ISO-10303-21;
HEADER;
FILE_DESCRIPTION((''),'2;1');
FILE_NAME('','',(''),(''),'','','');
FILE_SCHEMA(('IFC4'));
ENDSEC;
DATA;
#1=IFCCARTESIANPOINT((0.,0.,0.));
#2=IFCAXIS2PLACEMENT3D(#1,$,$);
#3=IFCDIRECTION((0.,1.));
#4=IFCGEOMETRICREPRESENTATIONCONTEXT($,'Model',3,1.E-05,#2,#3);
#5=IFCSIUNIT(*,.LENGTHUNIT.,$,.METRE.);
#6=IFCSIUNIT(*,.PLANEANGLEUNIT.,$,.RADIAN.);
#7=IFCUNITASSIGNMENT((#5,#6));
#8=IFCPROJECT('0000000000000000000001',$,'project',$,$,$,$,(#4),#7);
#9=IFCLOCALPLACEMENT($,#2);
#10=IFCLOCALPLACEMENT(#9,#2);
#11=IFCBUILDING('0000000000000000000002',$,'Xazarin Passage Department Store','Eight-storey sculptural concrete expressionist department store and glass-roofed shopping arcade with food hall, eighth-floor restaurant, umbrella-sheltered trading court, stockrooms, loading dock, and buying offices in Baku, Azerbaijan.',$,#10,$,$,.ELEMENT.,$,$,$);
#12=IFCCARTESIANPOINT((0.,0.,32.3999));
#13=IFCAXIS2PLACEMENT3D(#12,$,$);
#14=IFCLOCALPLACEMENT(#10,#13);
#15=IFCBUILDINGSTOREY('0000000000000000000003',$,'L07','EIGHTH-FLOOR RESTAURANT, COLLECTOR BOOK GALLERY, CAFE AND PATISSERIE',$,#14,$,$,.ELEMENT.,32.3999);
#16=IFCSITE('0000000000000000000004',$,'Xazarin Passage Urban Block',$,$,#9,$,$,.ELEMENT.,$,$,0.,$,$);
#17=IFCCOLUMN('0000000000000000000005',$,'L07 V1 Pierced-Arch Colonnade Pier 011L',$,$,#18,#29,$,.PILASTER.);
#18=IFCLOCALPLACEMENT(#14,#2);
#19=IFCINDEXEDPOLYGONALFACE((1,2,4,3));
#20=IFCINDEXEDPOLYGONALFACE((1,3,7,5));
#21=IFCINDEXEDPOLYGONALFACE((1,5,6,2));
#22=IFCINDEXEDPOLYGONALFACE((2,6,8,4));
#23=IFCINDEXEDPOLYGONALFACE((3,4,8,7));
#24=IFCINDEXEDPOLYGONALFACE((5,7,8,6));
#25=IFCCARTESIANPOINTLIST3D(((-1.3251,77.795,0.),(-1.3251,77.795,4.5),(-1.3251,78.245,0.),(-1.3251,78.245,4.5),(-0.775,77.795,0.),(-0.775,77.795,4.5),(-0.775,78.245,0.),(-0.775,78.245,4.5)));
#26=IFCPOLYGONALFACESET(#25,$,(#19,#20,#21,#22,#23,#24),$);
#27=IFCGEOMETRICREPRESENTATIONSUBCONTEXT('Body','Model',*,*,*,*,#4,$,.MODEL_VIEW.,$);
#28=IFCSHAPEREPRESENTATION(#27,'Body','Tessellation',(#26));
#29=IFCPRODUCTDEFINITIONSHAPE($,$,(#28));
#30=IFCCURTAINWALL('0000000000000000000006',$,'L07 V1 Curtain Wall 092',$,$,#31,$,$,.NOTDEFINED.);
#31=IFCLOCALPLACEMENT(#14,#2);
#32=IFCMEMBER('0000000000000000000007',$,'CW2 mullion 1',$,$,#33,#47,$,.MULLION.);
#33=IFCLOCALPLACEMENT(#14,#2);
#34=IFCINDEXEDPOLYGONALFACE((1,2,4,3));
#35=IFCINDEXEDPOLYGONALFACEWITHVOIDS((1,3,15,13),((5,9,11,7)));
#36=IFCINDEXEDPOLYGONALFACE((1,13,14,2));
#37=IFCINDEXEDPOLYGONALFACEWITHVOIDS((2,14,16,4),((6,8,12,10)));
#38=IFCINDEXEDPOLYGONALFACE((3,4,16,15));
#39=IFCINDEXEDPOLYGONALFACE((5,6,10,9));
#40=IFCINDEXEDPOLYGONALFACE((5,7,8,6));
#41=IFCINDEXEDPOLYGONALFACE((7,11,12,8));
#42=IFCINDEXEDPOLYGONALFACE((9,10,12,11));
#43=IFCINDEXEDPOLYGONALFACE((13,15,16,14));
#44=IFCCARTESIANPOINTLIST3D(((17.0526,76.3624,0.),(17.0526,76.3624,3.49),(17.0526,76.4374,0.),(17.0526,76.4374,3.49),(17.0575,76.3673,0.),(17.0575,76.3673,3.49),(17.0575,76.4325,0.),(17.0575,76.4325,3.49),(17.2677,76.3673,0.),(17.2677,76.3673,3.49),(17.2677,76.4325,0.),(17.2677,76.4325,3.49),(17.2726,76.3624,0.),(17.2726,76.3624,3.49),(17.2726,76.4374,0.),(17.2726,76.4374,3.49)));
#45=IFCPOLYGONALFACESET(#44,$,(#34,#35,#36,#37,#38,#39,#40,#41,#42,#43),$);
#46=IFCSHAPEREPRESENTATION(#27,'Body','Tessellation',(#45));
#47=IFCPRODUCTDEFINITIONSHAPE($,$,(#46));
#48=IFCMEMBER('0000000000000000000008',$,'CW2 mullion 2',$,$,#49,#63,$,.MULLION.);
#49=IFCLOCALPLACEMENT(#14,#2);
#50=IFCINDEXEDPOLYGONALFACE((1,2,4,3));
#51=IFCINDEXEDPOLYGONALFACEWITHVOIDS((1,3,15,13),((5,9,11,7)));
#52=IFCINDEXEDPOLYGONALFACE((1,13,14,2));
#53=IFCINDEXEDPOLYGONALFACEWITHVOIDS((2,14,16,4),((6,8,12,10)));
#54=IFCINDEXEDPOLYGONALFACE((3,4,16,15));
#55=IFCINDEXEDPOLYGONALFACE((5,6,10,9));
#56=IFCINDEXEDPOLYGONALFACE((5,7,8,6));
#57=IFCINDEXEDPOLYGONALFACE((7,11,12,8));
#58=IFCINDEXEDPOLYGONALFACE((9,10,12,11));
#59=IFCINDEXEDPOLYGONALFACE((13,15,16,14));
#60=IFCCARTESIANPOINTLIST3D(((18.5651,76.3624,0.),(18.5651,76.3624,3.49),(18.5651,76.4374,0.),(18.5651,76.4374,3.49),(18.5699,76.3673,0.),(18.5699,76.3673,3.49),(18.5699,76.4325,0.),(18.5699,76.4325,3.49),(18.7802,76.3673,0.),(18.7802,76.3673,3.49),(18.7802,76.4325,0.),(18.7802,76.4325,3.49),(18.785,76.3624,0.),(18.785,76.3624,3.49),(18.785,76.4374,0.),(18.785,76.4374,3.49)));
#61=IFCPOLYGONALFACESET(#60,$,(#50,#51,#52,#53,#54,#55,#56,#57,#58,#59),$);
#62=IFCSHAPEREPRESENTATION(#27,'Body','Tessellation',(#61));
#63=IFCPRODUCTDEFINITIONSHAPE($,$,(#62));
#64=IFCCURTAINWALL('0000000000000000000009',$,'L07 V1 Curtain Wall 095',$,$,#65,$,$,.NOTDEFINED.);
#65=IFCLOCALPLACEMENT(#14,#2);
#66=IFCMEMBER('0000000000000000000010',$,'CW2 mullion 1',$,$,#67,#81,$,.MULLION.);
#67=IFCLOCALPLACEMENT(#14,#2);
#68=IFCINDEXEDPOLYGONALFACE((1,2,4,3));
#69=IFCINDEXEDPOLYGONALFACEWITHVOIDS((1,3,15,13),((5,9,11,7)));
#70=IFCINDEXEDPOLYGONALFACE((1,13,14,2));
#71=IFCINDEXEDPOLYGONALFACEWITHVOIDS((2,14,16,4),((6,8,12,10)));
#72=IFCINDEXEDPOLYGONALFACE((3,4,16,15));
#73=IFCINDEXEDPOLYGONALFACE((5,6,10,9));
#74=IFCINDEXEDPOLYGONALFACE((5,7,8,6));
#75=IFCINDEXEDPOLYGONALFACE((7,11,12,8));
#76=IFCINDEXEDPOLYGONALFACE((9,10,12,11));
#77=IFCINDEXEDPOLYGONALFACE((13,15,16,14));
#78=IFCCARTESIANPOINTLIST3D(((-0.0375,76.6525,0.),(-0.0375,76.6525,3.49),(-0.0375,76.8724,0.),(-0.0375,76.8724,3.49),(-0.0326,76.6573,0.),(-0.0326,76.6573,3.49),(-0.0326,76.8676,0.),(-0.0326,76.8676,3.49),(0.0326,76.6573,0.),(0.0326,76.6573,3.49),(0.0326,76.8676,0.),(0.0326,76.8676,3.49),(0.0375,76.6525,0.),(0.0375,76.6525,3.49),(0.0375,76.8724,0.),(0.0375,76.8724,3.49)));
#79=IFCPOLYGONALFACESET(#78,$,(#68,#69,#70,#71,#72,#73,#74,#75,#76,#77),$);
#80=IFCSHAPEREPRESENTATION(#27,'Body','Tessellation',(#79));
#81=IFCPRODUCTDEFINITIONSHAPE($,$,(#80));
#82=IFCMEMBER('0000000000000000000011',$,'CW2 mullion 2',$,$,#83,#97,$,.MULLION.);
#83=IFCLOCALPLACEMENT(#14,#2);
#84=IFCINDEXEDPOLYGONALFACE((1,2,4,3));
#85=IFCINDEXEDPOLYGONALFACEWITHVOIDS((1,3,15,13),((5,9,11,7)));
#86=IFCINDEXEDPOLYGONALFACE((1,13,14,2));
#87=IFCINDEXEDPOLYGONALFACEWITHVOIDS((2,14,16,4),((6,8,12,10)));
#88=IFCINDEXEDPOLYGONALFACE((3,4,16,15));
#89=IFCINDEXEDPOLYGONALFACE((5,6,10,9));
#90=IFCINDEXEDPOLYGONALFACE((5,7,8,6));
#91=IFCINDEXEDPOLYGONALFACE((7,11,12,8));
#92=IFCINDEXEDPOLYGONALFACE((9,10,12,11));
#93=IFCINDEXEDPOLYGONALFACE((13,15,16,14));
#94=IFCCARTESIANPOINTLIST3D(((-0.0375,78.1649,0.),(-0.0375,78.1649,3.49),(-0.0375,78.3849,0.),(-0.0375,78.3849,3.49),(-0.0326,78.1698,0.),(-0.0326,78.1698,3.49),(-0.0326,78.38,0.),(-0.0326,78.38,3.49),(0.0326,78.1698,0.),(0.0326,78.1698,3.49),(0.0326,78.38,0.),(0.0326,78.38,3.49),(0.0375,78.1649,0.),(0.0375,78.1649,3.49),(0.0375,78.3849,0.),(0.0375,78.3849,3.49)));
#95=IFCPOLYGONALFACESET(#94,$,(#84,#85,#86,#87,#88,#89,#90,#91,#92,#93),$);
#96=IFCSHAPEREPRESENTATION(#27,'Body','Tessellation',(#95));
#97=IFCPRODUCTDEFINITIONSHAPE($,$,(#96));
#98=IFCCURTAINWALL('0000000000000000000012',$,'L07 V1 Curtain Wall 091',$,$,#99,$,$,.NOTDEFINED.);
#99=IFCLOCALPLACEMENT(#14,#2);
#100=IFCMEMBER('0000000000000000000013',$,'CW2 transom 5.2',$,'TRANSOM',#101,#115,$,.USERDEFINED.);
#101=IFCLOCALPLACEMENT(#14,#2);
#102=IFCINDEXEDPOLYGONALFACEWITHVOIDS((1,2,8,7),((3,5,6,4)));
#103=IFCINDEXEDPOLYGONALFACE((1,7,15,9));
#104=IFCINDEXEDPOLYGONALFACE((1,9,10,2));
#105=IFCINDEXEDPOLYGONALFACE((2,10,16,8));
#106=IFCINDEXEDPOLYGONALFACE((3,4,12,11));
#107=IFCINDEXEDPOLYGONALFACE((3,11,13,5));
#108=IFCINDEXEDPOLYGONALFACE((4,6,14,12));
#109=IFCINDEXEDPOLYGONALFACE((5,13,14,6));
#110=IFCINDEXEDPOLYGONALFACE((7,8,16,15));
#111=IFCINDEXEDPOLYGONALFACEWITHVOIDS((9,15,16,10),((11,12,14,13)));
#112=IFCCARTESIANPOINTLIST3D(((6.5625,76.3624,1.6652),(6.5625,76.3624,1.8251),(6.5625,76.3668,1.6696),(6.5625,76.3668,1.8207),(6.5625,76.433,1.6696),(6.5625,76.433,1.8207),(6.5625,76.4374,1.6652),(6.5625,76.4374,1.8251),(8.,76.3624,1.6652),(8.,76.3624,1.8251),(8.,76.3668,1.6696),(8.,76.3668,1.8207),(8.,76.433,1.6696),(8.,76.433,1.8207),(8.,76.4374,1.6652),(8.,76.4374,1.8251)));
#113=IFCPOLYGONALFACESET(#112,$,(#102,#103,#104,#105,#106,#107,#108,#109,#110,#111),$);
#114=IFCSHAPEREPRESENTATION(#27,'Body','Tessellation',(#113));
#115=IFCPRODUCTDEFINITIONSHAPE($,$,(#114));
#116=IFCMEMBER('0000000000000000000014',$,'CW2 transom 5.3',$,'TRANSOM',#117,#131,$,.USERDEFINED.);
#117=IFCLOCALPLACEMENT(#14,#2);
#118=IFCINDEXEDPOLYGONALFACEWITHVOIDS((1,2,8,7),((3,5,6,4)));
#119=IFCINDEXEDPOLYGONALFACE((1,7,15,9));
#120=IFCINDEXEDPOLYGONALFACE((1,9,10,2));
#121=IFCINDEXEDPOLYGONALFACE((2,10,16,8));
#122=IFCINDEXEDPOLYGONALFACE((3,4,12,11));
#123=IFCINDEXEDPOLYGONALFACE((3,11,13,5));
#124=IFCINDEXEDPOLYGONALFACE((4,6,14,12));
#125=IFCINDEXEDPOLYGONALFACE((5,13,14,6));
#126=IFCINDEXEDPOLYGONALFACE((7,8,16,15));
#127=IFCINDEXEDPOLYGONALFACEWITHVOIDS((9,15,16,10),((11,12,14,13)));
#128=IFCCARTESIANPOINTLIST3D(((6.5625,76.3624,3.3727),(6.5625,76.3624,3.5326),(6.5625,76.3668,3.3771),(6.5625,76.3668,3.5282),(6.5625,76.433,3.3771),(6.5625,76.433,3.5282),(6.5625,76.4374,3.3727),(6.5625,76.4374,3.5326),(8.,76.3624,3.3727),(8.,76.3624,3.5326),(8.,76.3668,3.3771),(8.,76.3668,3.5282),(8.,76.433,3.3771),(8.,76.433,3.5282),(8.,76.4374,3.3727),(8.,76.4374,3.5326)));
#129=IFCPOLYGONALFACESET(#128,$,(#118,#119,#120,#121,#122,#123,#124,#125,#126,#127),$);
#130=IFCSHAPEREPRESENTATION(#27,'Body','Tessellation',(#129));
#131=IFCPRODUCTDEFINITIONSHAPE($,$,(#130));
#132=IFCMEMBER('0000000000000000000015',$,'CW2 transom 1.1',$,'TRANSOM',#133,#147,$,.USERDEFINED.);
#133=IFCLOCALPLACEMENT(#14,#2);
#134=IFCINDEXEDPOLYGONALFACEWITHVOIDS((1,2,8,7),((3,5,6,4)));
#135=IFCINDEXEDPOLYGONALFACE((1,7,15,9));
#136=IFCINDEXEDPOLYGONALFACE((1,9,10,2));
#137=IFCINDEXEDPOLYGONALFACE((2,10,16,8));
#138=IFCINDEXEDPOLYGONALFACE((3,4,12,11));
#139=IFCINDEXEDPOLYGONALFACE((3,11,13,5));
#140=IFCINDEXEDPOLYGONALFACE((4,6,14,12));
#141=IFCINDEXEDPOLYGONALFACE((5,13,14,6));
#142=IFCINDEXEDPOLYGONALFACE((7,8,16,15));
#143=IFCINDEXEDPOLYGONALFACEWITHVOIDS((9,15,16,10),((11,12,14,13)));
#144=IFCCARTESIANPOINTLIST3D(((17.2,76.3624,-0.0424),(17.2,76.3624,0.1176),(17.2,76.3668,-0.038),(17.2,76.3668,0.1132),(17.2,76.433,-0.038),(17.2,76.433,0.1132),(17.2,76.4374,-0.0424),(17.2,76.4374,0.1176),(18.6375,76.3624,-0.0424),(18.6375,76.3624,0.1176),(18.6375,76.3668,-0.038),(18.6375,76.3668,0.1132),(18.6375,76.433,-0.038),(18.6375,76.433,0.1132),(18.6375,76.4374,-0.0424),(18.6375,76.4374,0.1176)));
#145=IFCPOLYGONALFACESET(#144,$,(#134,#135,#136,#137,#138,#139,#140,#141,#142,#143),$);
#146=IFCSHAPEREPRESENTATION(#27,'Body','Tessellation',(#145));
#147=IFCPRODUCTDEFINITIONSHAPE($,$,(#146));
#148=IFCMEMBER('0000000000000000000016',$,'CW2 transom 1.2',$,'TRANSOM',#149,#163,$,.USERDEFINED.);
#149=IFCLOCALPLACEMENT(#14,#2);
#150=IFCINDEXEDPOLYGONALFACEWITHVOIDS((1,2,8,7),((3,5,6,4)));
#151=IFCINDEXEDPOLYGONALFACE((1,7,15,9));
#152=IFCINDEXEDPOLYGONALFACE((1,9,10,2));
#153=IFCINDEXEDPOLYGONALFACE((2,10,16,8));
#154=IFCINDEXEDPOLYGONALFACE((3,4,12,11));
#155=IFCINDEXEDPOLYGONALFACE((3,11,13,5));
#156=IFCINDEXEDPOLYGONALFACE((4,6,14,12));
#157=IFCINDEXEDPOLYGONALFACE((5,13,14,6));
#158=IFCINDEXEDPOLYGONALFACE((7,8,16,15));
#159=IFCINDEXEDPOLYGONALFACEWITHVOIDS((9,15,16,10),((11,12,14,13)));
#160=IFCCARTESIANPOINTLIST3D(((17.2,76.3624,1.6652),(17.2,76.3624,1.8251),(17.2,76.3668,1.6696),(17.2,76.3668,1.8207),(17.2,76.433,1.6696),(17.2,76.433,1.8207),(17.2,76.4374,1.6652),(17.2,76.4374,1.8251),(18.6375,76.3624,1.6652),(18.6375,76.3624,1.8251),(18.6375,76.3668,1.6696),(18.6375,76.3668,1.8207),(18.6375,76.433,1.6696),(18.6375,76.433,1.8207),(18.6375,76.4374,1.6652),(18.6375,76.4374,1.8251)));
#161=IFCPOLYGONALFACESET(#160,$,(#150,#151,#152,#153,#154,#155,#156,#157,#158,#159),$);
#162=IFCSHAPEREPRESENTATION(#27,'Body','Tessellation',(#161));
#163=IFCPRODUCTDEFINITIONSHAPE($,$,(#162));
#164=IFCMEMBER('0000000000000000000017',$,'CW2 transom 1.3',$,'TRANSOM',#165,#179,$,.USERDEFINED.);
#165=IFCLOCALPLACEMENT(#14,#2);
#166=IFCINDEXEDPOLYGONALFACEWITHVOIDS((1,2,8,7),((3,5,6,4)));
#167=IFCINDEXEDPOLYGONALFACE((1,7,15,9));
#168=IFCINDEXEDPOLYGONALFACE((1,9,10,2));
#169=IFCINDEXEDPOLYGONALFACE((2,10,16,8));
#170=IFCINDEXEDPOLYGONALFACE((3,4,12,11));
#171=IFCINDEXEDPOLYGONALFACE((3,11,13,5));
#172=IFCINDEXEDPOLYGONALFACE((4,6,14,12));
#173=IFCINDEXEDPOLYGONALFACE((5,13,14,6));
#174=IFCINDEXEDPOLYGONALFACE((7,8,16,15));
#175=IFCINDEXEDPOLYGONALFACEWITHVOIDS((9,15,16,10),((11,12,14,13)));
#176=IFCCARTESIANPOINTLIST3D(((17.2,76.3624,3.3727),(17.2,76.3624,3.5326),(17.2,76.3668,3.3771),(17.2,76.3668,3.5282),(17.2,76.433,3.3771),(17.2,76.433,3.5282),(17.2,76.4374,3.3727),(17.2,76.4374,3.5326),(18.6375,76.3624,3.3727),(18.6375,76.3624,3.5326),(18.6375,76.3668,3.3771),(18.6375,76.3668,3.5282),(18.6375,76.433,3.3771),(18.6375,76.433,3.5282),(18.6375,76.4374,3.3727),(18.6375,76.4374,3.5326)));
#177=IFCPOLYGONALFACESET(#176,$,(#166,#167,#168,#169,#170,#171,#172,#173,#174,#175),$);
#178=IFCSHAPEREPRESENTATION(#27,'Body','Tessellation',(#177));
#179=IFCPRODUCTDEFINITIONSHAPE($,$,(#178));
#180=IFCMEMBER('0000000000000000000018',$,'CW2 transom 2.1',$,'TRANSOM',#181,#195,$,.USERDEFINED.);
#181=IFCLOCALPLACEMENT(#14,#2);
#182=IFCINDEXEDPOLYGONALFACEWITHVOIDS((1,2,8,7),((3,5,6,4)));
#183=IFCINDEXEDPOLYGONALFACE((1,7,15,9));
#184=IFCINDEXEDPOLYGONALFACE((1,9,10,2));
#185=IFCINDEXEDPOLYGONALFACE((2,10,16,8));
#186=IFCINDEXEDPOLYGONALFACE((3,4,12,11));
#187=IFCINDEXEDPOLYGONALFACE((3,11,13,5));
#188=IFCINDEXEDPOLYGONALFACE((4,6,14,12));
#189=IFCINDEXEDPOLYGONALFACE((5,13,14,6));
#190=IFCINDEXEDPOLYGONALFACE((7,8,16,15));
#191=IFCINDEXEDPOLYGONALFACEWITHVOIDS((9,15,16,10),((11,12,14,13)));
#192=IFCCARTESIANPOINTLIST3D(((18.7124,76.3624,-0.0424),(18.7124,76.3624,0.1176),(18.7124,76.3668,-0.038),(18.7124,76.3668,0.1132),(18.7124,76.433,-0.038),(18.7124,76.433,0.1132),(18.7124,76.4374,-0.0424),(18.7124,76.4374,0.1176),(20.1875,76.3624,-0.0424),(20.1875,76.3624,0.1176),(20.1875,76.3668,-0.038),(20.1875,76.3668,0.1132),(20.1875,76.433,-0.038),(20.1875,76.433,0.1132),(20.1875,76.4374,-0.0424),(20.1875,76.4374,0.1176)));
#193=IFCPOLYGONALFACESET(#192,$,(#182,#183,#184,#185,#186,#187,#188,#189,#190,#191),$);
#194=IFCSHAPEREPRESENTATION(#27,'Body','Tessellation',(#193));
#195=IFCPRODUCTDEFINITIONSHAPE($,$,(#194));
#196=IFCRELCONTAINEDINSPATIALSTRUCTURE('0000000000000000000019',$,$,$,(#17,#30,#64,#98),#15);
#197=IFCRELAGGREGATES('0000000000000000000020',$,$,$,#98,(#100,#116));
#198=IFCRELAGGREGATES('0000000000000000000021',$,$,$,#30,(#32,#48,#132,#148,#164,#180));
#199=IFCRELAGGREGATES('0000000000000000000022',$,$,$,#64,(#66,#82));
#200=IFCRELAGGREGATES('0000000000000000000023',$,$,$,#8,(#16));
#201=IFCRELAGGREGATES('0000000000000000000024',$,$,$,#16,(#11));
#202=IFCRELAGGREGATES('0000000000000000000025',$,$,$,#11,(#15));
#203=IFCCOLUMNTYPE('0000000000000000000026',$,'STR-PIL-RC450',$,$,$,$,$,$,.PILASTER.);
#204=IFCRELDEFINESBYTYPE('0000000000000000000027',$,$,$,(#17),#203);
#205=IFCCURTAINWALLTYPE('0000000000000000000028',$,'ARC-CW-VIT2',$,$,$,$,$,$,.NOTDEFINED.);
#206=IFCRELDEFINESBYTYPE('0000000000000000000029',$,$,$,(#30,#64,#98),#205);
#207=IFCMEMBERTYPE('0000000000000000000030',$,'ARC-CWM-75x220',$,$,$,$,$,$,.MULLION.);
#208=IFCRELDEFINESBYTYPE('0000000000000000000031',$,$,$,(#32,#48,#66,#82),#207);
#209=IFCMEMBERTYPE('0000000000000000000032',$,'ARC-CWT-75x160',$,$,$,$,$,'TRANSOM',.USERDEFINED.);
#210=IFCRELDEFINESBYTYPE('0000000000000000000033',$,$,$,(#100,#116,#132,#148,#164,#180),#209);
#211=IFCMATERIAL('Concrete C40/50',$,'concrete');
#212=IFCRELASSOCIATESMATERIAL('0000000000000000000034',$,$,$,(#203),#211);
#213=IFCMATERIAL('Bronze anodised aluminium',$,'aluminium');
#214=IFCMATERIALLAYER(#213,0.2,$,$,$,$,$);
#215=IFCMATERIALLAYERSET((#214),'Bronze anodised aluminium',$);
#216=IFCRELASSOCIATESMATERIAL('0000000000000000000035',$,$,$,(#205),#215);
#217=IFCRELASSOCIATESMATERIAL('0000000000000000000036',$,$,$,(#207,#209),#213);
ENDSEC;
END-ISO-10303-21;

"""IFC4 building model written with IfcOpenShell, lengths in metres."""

from ifc_helpers import new_model, si_unit, direction, frame, origin, origin_2d, place, context, subcontext, project, spatial, rectangle, hollow_rectangle, extrude, material, layer, layer_set, material_profile, profile_set, type_object, element, aggregate, save


model = new_model("IFC4")

# Units and contexts
model_context = context("Model", 3, precision=1e-05, world=origin(), true_north=direction((0.0, 1.0)))
body_context = subcontext(model_context, "Body", "Model", "MODEL_VIEW")
ifc_project = project(units=[si_unit("LENGTHUNIT", "METRE"), si_unit("PLANEANGLEUNIT", "RADIAN")], contexts=[model_context])

# Site, building, storey
site_placement = place(None, origin())
site = spatial("IfcSite", under=ifc_project, at=site_placement, Name="Xazarin Passage Urban Block", CompositionType="ELEMENT", RefElevation=0.0)
building_placement = place(site_placement, origin())
building = spatial("IfcBuilding", under=site, at=building_placement, Name="Xazarin Passage Department Store", Description="Eight-storey sculptural concrete expressionist department store and glass-roofed shopping arcade with food hall, eighth-floor restaurant, umbrella-sheltered trading court, stockrooms, loading dock, and buying offices in Baku, Azerbaijan.", CompositionType="ELEMENT")
storey_placement = place(building_placement, frame((0.0, 0.0, 32.3999)))
storey = spatial("IfcBuildingStorey", under=building, at=storey_placement, Name="L07", Description="EIGHTH-FLOOR RESTAURANT, COLLECTOR BOOK GALLERY, CAFE AND PATISSERIE", CompositionType="ELEMENT", Elevation=32.3999)

# Column
ifc_material_1 = material(Name="Concrete C40/50", Category="concrete")
ifc_material_profile_1 = material_profile(ifc_material_1, rectangle(XDim=0.45, YDim=0.55, at=origin_2d()), Name="RC 450x550")
ifc_profile_set_1 = profile_set([ifc_material_profile_1], Name="Concrete C40/50")
column_type = type_object("IfcColumnType", Name="STR-PIL-RC450", PredefinedType="PILASTER", material=ifc_profile_set_1)
column_placement = place(storey_placement, frame((-1.05, 78.02, 0.0), z_axis=(0.0, 0.0, 1.0), x_axis=(0.0, 1.0, 0.0)))
element("IfcColumn", 1, at=column_placement, inside=storey, type_object=column_type, Name="L07 V1 Pierced-Arch Colonnade Pier 011L", PredefinedType="PILASTER", context=body_context, shape_type="SweptSolid", body=[
    extrude(rectangle(XDim=0.45, YDim=0.55, at=origin_2d()), origin(), (0.0, 0.0, 1.0), 4.5),
])

# Curtain walls, members
ifc_material_2 = material(Name="Bronze anodised aluminium", Category="aluminium")
ifc_layer_1 = layer(ifc_material_2, 0.2)
ifc_layer_set_1 = layer_set([ifc_layer_1], Name="Bronze anodised aluminium")
curtain_wall_type = type_object("IfcCurtainWallType", Name="ARC-CW-VIT2", PredefinedType="NOTDEFINED", material=ifc_layer_set_1)
curtain_wall_1_placement = place(storey_placement, origin())
curtain_wall_1 = element("IfcCurtainWall", 2, at=curtain_wall_1_placement, inside=storey, type_object=curtain_wall_type, Name="L07 V1 Curtain Wall 092", PredefinedType="NOTDEFINED")
ifc_material_profile_2 = material_profile(ifc_material_2, hollow_rectangle(XDim=0.075, YDim=0.22, WallThickness=0.0049, at=origin_2d()), Name="ALU 75x220")
ifc_profile_set_2 = profile_set([ifc_material_profile_2], Name="Bronze anodised aluminium")
member_type_1 = type_object("IfcMemberType", Name="ARC-CWM-75x220", PredefinedType="MULLION", material=ifc_profile_set_2)
member_1_placement = place(storey_placement, frame((17.1626, 76.3999, 0.0), z_axis=(0.0, 0.0, 1.0), x_axis=(0.0, 1.0, 0.0)))
member_1 = element("IfcMember", 3, at=member_1_placement, type_object=member_type_1, Name="CW2 mullion 1", PredefinedType="MULLION", context=body_context, shape_type="SweptSolid", body=[
    extrude(hollow_rectangle(XDim=0.075, YDim=0.22, WallThickness=0.0049, at=origin_2d()), origin(), (0.0, 0.0, 1.0), 3.49),
])
member_2_placement = place(storey_placement, frame((18.675, 76.3999, 0.0), z_axis=(0.0, 0.0, 1.0), x_axis=(0.0, 1.0, 0.0)))
member_2 = element("IfcMember", 4, at=member_2_placement, type_object=member_type_1, Name="CW2 mullion 2", PredefinedType="MULLION", context=body_context, shape_type="SweptSolid", body=[
    extrude(hollow_rectangle(XDim=0.075, YDim=0.22, WallThickness=0.0049, at=origin_2d()), origin(), (0.0, 0.0, 1.0), 3.49),
])
curtain_wall_2_placement = place(storey_placement, origin())
curtain_wall_2 = element("IfcCurtainWall", 5, at=curtain_wall_2_placement, inside=storey, type_object=curtain_wall_type, Name="L07 V1 Curtain Wall 095", PredefinedType="NOTDEFINED")
member_3_placement = place(storey_placement, frame((0.0, 76.7625, 0.0), z_axis=(0.0, 0.0, 1.0), x_axis=(-1.0, 0.0, 0.0)))
member_3 = element("IfcMember", 6, at=member_3_placement, type_object=member_type_1, Name="CW2 mullion 1", PredefinedType="MULLION", context=body_context, shape_type="SweptSolid", body=[
    extrude(hollow_rectangle(XDim=0.075, YDim=0.22, WallThickness=0.0049, at=origin_2d()), origin(), (0.0, 0.0, 1.0), 3.49),
])
member_4_placement = place(storey_placement, frame((0.0, 78.2749, 0.0), z_axis=(0.0, 0.0, 1.0), x_axis=(-1.0, 0.0, 0.0)))
member_4 = element("IfcMember", 7, at=member_4_placement, type_object=member_type_1, Name="CW2 mullion 2", PredefinedType="MULLION", context=body_context, shape_type="SweptSolid", body=[
    extrude(hollow_rectangle(XDim=0.075, YDim=0.22, WallThickness=0.0049, at=origin_2d()), origin(), (0.0, 0.0, 1.0), 3.49),
])
curtain_wall_3_placement = place(storey_placement, origin())
curtain_wall_3 = element("IfcCurtainWall", 8, at=curtain_wall_3_placement, inside=storey, type_object=curtain_wall_type, Name="L07 V1 Curtain Wall 091", PredefinedType="NOTDEFINED")
ifc_material_profile_3 = material_profile(ifc_material_2, hollow_rectangle(XDim=0.075, YDim=0.1599, WallThickness=0.0044, at=origin_2d()), Name="ALU 75x160")
ifc_profile_set_3 = profile_set([ifc_material_profile_3], Name="Bronze anodised aluminium")
member_type_2 = type_object("IfcMemberType", Name="ARC-CWT-75x160", ElementType="TRANSOM", PredefinedType="USERDEFINED", material=ifc_profile_set_3)
member_5_placement = place(storey_placement, frame((6.5625, 76.3999, 1.7451), z_axis=(1.0, 0.0, 0.0), x_axis=(0.0, 1.0, 0.0)))
member_5 = element("IfcMember", 9, at=member_5_placement, type_object=member_type_2, Name="CW2 transom 5.2", ObjectType="TRANSOM", PredefinedType="USERDEFINED", context=body_context, shape_type="SweptSolid", body=[
    extrude(hollow_rectangle(XDim=0.075, YDim=0.1599, WallThickness=0.0044, at=origin_2d()), origin(), (0.0, 0.0, 1.0), 1.4375),
])
member_6_placement = place(storey_placement, frame((6.5625, 76.3999, 3.4526), z_axis=(1.0, 0.0, 0.0), x_axis=(0.0, 1.0, 0.0)))
member_6 = element("IfcMember", 10, at=member_6_placement, type_object=member_type_2, Name="CW2 transom 5.3", ObjectType="TRANSOM", PredefinedType="USERDEFINED", context=body_context, shape_type="SweptSolid", body=[
    extrude(hollow_rectangle(XDim=0.075, YDim=0.1599, WallThickness=0.0044, at=origin_2d()), origin(), (0.0, 0.0, 1.0), 1.4375),
])

# Members
member_7_placement = place(storey_placement, frame((17.2, 76.3999, 0.0376), z_axis=(1.0, 0.0, 0.0), x_axis=(0.0, 1.0, 0.0)))
member_7 = element("IfcMember", 11, at=member_7_placement, type_object=member_type_2, Name="CW2 transom 1.1", ObjectType="TRANSOM", PredefinedType="USERDEFINED", context=body_context, shape_type="SweptSolid", body=[
    extrude(hollow_rectangle(XDim=0.075, YDim=0.1599, WallThickness=0.0044, at=origin_2d()), origin(), (0.0, 0.0, 1.0), 1.4375),
])
member_8_placement = place(storey_placement, frame((17.2, 76.3999, 1.7451), z_axis=(1.0, 0.0, 0.0), x_axis=(0.0, 1.0, 0.0)))
member_8 = element("IfcMember", 12, at=member_8_placement, type_object=member_type_2, Name="CW2 transom 1.2", ObjectType="TRANSOM", PredefinedType="USERDEFINED", context=body_context, shape_type="SweptSolid", body=[
    extrude(hollow_rectangle(XDim=0.075, YDim=0.1599, WallThickness=0.0044, at=origin_2d()), origin(), (0.0, 0.0, 1.0), 1.4375),
])
member_9_placement = place(storey_placement, frame((17.2, 76.3999, 3.4526), z_axis=(1.0, 0.0, 0.0), x_axis=(0.0, 1.0, 0.0)))
member_9 = element("IfcMember", 13, at=member_9_placement, type_object=member_type_2, Name="CW2 transom 1.3", ObjectType="TRANSOM", PredefinedType="USERDEFINED", context=body_context, shape_type="SweptSolid", body=[
    extrude(hollow_rectangle(XDim=0.075, YDim=0.1599, WallThickness=0.0044, at=origin_2d()), origin(), (0.0, 0.0, 1.0), 1.4375),
])
member_10_placement = place(storey_placement, frame((18.7124, 76.3999, 0.0376), z_axis=(1.0, 0.0, 0.0), x_axis=(0.0, 1.0, 0.0)))
member_10 = element("IfcMember", 14, at=member_10_placement, type_object=member_type_2, Name="CW2 transom 2.1", ObjectType="TRANSOM", PredefinedType="USERDEFINED", context=body_context, shape_type="SweptSolid", body=[
    extrude(hollow_rectangle(XDim=0.075, YDim=0.1599, WallThickness=0.0044, at=origin_2d()), origin(), (0.0, 0.0, 1.0), 1.4751),
])

aggregate(curtain_wall_3, [member_5, member_6])
aggregate(curtain_wall_1, [member_1, member_2, member_7, member_8, member_9, member_10])
aggregate(curtain_wall_2, [member_3, member_4])

save(model, "model.ifc")
